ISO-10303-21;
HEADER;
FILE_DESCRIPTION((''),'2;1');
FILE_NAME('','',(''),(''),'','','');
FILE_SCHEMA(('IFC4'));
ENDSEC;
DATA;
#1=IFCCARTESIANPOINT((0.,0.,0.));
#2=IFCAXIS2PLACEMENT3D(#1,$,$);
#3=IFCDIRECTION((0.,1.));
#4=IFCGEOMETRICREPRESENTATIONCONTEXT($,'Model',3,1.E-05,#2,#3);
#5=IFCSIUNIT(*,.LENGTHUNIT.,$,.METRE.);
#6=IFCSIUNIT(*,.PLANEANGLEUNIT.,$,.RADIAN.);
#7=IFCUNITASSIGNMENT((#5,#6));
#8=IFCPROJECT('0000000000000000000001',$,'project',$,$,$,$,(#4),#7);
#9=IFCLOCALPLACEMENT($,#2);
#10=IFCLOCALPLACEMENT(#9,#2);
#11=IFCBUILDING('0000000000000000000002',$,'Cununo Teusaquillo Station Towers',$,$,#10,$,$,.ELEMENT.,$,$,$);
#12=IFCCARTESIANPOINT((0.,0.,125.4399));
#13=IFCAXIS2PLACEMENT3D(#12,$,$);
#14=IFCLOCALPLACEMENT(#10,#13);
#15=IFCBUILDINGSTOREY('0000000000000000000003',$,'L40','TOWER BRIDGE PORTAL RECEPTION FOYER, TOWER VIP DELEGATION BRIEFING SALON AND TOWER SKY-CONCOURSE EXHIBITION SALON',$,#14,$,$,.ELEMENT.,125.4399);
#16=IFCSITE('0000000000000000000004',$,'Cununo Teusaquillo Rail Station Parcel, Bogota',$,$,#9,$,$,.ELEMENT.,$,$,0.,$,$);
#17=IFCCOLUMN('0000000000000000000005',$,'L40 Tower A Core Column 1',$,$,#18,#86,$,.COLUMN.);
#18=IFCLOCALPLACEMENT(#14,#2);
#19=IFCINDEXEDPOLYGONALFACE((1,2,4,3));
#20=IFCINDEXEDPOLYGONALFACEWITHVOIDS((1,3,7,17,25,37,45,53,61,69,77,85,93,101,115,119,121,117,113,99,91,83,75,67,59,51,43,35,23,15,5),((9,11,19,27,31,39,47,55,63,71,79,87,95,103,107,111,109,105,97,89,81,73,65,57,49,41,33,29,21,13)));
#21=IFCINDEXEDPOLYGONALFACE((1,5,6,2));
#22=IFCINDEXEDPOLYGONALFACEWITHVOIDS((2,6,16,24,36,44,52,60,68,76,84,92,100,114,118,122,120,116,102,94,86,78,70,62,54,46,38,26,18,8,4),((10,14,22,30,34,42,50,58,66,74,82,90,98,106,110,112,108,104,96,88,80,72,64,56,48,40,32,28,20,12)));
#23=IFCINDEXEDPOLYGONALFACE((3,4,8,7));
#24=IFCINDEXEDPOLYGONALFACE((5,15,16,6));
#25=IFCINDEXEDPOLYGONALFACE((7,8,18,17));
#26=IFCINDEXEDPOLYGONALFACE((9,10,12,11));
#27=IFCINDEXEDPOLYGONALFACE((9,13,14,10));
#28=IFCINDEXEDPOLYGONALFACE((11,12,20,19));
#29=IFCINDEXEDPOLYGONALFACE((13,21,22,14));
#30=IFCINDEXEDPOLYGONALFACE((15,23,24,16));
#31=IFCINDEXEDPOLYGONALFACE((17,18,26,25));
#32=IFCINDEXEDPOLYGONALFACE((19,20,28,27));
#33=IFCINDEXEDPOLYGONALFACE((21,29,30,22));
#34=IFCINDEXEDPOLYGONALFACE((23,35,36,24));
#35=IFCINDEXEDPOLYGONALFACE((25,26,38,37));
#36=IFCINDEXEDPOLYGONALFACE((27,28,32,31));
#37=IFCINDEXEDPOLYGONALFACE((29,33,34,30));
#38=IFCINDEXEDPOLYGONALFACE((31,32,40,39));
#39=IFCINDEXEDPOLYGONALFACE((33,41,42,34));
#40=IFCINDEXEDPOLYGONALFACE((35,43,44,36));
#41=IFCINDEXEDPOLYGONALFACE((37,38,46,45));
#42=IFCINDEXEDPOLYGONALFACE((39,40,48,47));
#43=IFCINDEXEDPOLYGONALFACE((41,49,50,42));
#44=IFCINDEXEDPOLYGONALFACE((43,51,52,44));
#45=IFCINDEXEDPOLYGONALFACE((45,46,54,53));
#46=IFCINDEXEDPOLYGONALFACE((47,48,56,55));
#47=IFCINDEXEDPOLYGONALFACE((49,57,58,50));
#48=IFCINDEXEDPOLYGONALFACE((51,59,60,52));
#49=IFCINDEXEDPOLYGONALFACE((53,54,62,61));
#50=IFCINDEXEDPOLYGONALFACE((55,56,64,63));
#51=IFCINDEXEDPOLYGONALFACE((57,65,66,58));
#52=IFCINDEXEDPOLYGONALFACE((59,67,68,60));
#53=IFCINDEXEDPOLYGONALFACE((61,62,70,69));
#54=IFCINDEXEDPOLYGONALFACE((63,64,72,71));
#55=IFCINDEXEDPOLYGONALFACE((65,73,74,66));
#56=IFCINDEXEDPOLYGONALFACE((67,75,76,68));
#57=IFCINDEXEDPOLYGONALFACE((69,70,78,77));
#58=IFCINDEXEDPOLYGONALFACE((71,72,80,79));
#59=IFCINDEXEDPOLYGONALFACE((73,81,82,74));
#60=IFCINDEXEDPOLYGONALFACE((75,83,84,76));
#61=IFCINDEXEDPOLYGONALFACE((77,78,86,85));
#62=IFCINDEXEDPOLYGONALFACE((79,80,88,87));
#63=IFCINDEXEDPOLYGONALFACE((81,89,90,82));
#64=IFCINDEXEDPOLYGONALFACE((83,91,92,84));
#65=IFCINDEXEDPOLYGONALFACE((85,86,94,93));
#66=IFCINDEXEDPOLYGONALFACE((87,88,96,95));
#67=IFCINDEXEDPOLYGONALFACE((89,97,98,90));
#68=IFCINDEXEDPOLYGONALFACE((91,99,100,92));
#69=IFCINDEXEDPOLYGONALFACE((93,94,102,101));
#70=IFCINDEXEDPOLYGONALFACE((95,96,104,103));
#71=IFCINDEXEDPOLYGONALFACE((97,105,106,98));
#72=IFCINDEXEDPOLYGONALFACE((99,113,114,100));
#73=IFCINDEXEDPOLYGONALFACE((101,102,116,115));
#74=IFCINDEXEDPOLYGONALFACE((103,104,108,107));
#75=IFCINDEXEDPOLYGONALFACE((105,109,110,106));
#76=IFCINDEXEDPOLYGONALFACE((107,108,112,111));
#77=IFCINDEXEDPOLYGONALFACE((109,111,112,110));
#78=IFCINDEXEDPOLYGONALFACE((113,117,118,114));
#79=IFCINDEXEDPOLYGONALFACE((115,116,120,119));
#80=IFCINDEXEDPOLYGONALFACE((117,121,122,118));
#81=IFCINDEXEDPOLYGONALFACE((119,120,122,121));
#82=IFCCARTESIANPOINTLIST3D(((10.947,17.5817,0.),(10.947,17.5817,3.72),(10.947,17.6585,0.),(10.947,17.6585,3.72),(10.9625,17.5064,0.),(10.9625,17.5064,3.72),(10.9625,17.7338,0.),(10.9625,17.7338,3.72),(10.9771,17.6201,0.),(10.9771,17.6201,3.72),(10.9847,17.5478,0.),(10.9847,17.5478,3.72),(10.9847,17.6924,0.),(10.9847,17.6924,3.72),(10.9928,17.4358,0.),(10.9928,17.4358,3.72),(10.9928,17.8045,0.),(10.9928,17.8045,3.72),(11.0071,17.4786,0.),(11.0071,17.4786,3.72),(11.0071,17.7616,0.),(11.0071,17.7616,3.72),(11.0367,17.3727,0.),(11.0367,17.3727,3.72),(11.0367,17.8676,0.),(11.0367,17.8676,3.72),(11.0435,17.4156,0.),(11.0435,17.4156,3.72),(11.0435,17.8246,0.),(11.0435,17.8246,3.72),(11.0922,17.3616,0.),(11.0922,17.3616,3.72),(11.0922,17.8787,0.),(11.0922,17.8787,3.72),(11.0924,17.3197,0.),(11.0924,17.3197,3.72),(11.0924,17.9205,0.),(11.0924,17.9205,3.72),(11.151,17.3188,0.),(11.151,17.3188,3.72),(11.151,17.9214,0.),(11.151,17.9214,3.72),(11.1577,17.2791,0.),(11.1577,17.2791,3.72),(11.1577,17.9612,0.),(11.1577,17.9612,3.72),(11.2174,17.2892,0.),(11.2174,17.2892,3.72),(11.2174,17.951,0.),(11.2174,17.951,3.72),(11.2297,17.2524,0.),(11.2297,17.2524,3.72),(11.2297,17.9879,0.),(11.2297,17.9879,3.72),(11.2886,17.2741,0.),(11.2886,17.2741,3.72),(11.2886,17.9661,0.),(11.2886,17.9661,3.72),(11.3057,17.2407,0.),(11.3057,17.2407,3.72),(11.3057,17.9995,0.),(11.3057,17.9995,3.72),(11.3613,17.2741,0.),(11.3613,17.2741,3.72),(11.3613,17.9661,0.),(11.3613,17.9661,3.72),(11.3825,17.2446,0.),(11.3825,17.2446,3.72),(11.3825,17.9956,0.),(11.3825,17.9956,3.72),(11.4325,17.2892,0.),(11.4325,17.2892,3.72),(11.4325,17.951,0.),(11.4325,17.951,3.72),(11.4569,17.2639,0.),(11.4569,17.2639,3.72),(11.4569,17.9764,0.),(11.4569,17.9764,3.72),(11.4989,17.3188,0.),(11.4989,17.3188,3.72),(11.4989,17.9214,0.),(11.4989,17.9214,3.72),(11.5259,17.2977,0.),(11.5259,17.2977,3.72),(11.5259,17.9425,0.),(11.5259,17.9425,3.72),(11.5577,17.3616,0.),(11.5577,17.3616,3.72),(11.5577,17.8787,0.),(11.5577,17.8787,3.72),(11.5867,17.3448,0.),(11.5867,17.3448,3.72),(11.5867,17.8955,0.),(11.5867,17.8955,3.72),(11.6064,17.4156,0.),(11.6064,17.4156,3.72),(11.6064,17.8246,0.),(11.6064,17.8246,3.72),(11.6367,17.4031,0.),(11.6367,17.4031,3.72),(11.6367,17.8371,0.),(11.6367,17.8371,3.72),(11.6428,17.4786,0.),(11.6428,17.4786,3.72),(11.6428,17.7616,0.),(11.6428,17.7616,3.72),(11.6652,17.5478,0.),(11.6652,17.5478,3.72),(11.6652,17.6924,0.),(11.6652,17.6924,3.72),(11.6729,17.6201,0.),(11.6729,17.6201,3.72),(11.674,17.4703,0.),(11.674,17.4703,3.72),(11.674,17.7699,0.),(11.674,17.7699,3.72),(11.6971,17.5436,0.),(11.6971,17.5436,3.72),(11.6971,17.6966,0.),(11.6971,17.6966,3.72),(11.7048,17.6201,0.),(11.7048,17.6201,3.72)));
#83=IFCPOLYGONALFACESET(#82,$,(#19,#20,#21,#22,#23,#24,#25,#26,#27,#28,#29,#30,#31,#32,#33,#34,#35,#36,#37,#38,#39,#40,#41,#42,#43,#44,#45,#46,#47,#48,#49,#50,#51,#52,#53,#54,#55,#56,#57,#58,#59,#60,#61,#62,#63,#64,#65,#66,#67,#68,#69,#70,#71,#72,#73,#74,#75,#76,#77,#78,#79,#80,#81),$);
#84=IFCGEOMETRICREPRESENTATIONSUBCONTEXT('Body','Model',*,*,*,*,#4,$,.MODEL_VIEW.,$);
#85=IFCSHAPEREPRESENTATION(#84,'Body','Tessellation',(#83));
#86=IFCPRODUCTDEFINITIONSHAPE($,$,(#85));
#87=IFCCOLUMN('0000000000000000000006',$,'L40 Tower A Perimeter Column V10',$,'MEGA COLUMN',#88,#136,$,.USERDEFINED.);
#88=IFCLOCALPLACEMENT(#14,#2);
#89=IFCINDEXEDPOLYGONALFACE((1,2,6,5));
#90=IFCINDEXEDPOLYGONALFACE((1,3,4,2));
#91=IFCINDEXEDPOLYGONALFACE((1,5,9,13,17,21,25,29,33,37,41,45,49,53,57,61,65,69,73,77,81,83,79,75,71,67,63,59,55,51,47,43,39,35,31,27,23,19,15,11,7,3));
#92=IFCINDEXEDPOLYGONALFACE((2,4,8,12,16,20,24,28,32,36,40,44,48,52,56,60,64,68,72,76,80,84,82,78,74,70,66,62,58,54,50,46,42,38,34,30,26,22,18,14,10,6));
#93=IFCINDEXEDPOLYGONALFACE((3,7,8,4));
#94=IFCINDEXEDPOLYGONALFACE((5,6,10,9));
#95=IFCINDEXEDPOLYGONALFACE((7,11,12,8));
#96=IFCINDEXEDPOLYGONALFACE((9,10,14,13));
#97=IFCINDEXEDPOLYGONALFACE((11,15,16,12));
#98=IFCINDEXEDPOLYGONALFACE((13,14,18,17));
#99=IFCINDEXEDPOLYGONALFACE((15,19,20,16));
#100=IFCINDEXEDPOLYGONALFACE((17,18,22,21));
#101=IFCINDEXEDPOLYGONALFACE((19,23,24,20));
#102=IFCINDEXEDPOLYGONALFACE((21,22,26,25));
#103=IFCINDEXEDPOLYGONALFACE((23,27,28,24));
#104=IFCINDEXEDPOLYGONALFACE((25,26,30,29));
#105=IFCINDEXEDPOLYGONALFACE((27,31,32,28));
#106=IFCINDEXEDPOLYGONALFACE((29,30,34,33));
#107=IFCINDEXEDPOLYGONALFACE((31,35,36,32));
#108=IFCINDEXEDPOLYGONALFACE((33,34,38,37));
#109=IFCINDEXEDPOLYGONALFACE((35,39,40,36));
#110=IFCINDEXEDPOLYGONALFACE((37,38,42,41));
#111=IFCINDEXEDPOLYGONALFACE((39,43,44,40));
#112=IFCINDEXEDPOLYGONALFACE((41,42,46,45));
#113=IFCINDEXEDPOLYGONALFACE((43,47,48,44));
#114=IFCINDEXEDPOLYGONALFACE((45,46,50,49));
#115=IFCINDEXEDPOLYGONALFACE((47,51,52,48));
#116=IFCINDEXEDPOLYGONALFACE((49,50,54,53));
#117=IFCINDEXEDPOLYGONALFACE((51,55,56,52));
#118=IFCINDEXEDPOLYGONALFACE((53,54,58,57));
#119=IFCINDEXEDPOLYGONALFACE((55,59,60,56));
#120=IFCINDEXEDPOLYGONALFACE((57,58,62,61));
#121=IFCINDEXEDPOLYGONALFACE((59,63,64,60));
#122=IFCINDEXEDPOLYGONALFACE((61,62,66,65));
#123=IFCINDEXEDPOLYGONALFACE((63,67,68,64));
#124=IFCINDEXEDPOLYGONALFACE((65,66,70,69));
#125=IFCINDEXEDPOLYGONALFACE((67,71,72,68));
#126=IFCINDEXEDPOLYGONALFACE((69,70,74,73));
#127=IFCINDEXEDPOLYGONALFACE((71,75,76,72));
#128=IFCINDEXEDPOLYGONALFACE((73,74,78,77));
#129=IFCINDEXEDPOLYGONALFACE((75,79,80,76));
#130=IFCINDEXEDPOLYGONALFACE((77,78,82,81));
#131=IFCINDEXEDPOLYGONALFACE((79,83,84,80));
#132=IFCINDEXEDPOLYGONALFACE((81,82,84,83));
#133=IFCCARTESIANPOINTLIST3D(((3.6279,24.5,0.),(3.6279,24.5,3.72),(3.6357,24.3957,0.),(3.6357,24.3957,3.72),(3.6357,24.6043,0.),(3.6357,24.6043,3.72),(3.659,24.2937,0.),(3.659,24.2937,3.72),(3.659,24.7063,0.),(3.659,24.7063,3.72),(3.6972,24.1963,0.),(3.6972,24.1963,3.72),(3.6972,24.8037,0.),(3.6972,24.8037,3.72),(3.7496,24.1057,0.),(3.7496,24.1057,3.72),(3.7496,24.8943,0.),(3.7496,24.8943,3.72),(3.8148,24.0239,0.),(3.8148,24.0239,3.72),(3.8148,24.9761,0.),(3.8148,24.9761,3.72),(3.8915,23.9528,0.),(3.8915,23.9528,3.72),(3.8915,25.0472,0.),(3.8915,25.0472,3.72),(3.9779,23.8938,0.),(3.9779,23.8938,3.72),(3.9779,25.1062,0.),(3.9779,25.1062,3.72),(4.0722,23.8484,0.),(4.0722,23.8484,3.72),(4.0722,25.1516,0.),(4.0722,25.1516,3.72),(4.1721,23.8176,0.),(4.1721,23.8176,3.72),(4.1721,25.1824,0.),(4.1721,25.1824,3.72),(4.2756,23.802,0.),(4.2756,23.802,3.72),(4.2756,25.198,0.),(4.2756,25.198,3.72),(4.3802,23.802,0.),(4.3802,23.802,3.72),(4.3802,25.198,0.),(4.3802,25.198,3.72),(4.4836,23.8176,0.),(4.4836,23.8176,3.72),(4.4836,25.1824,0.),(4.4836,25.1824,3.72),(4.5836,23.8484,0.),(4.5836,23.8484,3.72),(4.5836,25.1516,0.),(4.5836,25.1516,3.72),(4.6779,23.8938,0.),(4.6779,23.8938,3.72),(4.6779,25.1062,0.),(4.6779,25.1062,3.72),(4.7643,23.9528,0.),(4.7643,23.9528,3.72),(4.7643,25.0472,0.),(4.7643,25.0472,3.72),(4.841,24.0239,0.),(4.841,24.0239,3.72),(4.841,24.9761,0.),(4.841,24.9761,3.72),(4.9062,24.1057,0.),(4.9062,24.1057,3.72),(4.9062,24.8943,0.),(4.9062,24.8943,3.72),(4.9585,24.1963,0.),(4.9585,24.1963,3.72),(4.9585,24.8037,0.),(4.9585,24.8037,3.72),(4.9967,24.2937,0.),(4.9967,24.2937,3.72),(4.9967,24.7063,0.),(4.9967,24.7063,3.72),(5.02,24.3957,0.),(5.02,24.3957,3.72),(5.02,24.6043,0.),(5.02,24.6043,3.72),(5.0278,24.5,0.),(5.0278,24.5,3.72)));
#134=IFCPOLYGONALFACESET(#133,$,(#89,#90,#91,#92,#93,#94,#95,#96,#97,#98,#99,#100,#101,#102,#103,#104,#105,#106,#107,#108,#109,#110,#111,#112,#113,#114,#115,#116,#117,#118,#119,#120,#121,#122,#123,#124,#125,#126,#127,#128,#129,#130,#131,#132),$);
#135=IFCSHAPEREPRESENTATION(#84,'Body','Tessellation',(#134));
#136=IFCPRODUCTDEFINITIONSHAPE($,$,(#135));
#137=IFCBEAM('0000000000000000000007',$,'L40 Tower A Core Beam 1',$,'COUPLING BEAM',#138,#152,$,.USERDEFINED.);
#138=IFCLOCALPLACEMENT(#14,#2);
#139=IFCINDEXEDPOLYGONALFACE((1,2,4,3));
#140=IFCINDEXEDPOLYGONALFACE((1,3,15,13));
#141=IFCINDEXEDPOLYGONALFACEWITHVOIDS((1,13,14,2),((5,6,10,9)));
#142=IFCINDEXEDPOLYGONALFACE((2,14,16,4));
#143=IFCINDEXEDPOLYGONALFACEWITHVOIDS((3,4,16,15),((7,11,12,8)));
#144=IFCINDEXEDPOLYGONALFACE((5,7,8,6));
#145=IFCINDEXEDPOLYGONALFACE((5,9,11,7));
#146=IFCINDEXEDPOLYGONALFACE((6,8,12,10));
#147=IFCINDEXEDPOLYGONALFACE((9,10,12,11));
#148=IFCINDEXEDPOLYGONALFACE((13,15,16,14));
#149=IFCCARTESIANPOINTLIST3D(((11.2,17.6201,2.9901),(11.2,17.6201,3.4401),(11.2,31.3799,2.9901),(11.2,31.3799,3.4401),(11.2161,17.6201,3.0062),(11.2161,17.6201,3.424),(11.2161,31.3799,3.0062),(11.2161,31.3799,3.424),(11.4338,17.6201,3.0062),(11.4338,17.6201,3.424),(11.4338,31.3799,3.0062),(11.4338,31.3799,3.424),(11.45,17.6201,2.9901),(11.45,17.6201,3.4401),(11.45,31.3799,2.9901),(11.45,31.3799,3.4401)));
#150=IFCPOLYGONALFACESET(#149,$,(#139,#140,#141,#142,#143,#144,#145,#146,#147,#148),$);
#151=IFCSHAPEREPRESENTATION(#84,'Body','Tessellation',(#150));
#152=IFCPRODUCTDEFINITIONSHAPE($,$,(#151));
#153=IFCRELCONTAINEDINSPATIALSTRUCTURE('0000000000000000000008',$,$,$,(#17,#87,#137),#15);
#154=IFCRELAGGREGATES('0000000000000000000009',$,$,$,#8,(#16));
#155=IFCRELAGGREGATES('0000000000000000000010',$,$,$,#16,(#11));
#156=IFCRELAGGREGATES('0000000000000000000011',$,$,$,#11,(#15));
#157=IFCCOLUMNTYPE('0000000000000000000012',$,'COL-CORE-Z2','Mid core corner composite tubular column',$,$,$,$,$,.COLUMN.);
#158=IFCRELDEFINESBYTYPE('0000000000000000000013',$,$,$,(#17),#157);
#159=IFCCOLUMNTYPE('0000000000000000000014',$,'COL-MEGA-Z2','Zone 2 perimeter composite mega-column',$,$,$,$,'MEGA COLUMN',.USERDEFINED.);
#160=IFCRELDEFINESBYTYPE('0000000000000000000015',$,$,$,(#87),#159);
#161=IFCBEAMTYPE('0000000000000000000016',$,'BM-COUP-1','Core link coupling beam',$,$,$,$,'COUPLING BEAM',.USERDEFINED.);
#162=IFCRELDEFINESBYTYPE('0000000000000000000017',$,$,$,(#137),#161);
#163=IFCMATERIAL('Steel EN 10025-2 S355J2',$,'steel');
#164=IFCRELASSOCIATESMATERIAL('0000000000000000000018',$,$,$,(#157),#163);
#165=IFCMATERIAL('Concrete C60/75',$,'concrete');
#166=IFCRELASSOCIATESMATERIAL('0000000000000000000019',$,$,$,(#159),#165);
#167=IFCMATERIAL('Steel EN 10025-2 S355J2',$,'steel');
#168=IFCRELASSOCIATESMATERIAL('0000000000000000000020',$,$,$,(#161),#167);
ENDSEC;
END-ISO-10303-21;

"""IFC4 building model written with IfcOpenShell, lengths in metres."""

from ifc_helpers import new_model, si_unit, direction, frame, origin, origin_2d, place, context, subcontext, project, spatial, hollow_rectangle, circle, hollow_circle, extrude, material, material_profile, profile_set, type_object, element, save


model = new_model("IFC4")

# Units and contexts
model_context = context("Model", 3, precision=1e-05, world=origin(), true_north=direction((0.0, 1.0)))
body_context = subcontext(model_context, "Body", "Model", "MODEL_VIEW")
ifc_project = project(units=[si_unit("LENGTHUNIT", "METRE"), si_unit("PLANEANGLEUNIT", "RADIAN")], contexts=[model_context])

# Site, building, storey
site_placement = place(None, origin())
site = spatial("IfcSite", under=ifc_project, at=site_placement, Name="Cununo Teusaquillo Rail Station Parcel, Bogota", CompositionType="ELEMENT", RefElevation=0.0)
building_placement = place(site_placement, origin())
building = spatial("IfcBuilding", under=site, at=building_placement, Name="Cununo Teusaquillo Station Towers", CompositionType="ELEMENT")
storey_placement = place(building_placement, frame((0.0, 0.0, 125.4399)))
storey = spatial("IfcBuildingStorey", under=building, at=storey_placement, Name="L40", Description="TOWER BRIDGE PORTAL RECEPTION FOYER, TOWER VIP DELEGATION BRIEFING SALON AND TOWER SKY-CONCOURSE EXHIBITION SALON", CompositionType="ELEMENT", Elevation=125.4399)

# Columns
ifc_material_1 = material(Name="Steel EN 10025-2 S355J2", Category="steel")
ifc_material_profile_1 = material_profile(ifc_material_1, hollow_circle(Radius=0.3799, WallThickness=0.032, at=origin_2d()), Name="CHS 760x32")
ifc_profile_set_1 = profile_set([ifc_material_profile_1], Name="Steel EN 10025-2 S355J2")
column_type_1 = type_object("IfcColumnType", Name="COL-CORE-Z2", Description="Mid core corner composite tubular column", PredefinedType="COLUMN", material=ifc_profile_set_1)
column_1_placement = place(storey_placement, frame((11.325, 17.6201, 0.0), z_axis=(0.0, 0.0, 1.0), x_axis=(1.0, 0.0, 0.0)))
element("IfcColumn", 1, at=column_1_placement, inside=storey, type_object=column_type_1, Name="L40 Tower A Core Column 1", PredefinedType="COLUMN", context=body_context, shape_type="SweptSolid", body=[
    extrude(hollow_circle(Radius=0.3799, WallThickness=0.032, at=origin_2d()), origin(), (0.0, 0.0, 1.0), 3.72),
])
ifc_material_2 = material(Name="Concrete C60/75", Category="concrete")
ifc_material_profile_2 = material_profile(ifc_material_2, circle(Radius=0.7, at=origin_2d()), Name="RC-CIRC-1400")
ifc_profile_set_2 = profile_set([ifc_material_profile_2], Name="Concrete C60/75")
column_type_2 = type_object("IfcColumnType", Name="COL-MEGA-Z2", Description="Zone 2 perimeter composite mega-column", ElementType="MEGA COLUMN", PredefinedType="USERDEFINED", material=ifc_profile_set_2)
column_2_placement = place(storey_placement, frame((4.3279, 24.5, 0.0), z_axis=(0.0, 0.0, 1.0), x_axis=(1.0, 0.0, 0.0)))
element("IfcColumn", 2, at=column_2_placement, inside=storey, type_object=column_type_2, Name="L40 Tower A Perimeter Column V10", ObjectType="MEGA COLUMN", PredefinedType="USERDEFINED", context=body_context, shape_type="SweptSolid", body=[
    extrude(circle(Radius=0.7, at=origin_2d()), origin(), (0.0, 0.0, 1.0), 3.72),
])

# Beam
ifc_material_3 = material(Name="Steel EN 10025-2 S355J2", Category="steel")
ifc_material_profile_3 = material_profile(ifc_material_3, hollow_rectangle(XDim=0.25, YDim=0.45, WallThickness=0.0161, at=origin_2d()), Name="RHS 450x250x16")
ifc_profile_set_3 = profile_set([ifc_material_profile_3], Name="Steel EN 10025-2 S355J2")
beam_type_1 = type_object("IfcBeamType", Name="BM-COUP-1", Description="Core link coupling beam", ElementType="COUPLING BEAM", PredefinedType="USERDEFINED", material=ifc_profile_set_3)
beam_1_placement = place(storey_placement, frame((11.325, 17.6201, 3.2151), z_axis=(0.0, 1.0, 0.0), x_axis=(-1.0, 0.0, 0.0)))
element("IfcBeam", 3, at=beam_1_placement, inside=storey, type_object=beam_type_1, Name="L40 Tower A Core Beam 1", ObjectType="COUPLING BEAM", PredefinedType="USERDEFINED", context=body_context, shape_type="SweptSolid", body=[
    extrude(hollow_rectangle(XDim=0.25, YDim=0.45, WallThickness=0.0161, at=origin_2d()), origin(), (0.0, 0.0, 1.0), 13.7598),
])

save(model, "model.ifc")
